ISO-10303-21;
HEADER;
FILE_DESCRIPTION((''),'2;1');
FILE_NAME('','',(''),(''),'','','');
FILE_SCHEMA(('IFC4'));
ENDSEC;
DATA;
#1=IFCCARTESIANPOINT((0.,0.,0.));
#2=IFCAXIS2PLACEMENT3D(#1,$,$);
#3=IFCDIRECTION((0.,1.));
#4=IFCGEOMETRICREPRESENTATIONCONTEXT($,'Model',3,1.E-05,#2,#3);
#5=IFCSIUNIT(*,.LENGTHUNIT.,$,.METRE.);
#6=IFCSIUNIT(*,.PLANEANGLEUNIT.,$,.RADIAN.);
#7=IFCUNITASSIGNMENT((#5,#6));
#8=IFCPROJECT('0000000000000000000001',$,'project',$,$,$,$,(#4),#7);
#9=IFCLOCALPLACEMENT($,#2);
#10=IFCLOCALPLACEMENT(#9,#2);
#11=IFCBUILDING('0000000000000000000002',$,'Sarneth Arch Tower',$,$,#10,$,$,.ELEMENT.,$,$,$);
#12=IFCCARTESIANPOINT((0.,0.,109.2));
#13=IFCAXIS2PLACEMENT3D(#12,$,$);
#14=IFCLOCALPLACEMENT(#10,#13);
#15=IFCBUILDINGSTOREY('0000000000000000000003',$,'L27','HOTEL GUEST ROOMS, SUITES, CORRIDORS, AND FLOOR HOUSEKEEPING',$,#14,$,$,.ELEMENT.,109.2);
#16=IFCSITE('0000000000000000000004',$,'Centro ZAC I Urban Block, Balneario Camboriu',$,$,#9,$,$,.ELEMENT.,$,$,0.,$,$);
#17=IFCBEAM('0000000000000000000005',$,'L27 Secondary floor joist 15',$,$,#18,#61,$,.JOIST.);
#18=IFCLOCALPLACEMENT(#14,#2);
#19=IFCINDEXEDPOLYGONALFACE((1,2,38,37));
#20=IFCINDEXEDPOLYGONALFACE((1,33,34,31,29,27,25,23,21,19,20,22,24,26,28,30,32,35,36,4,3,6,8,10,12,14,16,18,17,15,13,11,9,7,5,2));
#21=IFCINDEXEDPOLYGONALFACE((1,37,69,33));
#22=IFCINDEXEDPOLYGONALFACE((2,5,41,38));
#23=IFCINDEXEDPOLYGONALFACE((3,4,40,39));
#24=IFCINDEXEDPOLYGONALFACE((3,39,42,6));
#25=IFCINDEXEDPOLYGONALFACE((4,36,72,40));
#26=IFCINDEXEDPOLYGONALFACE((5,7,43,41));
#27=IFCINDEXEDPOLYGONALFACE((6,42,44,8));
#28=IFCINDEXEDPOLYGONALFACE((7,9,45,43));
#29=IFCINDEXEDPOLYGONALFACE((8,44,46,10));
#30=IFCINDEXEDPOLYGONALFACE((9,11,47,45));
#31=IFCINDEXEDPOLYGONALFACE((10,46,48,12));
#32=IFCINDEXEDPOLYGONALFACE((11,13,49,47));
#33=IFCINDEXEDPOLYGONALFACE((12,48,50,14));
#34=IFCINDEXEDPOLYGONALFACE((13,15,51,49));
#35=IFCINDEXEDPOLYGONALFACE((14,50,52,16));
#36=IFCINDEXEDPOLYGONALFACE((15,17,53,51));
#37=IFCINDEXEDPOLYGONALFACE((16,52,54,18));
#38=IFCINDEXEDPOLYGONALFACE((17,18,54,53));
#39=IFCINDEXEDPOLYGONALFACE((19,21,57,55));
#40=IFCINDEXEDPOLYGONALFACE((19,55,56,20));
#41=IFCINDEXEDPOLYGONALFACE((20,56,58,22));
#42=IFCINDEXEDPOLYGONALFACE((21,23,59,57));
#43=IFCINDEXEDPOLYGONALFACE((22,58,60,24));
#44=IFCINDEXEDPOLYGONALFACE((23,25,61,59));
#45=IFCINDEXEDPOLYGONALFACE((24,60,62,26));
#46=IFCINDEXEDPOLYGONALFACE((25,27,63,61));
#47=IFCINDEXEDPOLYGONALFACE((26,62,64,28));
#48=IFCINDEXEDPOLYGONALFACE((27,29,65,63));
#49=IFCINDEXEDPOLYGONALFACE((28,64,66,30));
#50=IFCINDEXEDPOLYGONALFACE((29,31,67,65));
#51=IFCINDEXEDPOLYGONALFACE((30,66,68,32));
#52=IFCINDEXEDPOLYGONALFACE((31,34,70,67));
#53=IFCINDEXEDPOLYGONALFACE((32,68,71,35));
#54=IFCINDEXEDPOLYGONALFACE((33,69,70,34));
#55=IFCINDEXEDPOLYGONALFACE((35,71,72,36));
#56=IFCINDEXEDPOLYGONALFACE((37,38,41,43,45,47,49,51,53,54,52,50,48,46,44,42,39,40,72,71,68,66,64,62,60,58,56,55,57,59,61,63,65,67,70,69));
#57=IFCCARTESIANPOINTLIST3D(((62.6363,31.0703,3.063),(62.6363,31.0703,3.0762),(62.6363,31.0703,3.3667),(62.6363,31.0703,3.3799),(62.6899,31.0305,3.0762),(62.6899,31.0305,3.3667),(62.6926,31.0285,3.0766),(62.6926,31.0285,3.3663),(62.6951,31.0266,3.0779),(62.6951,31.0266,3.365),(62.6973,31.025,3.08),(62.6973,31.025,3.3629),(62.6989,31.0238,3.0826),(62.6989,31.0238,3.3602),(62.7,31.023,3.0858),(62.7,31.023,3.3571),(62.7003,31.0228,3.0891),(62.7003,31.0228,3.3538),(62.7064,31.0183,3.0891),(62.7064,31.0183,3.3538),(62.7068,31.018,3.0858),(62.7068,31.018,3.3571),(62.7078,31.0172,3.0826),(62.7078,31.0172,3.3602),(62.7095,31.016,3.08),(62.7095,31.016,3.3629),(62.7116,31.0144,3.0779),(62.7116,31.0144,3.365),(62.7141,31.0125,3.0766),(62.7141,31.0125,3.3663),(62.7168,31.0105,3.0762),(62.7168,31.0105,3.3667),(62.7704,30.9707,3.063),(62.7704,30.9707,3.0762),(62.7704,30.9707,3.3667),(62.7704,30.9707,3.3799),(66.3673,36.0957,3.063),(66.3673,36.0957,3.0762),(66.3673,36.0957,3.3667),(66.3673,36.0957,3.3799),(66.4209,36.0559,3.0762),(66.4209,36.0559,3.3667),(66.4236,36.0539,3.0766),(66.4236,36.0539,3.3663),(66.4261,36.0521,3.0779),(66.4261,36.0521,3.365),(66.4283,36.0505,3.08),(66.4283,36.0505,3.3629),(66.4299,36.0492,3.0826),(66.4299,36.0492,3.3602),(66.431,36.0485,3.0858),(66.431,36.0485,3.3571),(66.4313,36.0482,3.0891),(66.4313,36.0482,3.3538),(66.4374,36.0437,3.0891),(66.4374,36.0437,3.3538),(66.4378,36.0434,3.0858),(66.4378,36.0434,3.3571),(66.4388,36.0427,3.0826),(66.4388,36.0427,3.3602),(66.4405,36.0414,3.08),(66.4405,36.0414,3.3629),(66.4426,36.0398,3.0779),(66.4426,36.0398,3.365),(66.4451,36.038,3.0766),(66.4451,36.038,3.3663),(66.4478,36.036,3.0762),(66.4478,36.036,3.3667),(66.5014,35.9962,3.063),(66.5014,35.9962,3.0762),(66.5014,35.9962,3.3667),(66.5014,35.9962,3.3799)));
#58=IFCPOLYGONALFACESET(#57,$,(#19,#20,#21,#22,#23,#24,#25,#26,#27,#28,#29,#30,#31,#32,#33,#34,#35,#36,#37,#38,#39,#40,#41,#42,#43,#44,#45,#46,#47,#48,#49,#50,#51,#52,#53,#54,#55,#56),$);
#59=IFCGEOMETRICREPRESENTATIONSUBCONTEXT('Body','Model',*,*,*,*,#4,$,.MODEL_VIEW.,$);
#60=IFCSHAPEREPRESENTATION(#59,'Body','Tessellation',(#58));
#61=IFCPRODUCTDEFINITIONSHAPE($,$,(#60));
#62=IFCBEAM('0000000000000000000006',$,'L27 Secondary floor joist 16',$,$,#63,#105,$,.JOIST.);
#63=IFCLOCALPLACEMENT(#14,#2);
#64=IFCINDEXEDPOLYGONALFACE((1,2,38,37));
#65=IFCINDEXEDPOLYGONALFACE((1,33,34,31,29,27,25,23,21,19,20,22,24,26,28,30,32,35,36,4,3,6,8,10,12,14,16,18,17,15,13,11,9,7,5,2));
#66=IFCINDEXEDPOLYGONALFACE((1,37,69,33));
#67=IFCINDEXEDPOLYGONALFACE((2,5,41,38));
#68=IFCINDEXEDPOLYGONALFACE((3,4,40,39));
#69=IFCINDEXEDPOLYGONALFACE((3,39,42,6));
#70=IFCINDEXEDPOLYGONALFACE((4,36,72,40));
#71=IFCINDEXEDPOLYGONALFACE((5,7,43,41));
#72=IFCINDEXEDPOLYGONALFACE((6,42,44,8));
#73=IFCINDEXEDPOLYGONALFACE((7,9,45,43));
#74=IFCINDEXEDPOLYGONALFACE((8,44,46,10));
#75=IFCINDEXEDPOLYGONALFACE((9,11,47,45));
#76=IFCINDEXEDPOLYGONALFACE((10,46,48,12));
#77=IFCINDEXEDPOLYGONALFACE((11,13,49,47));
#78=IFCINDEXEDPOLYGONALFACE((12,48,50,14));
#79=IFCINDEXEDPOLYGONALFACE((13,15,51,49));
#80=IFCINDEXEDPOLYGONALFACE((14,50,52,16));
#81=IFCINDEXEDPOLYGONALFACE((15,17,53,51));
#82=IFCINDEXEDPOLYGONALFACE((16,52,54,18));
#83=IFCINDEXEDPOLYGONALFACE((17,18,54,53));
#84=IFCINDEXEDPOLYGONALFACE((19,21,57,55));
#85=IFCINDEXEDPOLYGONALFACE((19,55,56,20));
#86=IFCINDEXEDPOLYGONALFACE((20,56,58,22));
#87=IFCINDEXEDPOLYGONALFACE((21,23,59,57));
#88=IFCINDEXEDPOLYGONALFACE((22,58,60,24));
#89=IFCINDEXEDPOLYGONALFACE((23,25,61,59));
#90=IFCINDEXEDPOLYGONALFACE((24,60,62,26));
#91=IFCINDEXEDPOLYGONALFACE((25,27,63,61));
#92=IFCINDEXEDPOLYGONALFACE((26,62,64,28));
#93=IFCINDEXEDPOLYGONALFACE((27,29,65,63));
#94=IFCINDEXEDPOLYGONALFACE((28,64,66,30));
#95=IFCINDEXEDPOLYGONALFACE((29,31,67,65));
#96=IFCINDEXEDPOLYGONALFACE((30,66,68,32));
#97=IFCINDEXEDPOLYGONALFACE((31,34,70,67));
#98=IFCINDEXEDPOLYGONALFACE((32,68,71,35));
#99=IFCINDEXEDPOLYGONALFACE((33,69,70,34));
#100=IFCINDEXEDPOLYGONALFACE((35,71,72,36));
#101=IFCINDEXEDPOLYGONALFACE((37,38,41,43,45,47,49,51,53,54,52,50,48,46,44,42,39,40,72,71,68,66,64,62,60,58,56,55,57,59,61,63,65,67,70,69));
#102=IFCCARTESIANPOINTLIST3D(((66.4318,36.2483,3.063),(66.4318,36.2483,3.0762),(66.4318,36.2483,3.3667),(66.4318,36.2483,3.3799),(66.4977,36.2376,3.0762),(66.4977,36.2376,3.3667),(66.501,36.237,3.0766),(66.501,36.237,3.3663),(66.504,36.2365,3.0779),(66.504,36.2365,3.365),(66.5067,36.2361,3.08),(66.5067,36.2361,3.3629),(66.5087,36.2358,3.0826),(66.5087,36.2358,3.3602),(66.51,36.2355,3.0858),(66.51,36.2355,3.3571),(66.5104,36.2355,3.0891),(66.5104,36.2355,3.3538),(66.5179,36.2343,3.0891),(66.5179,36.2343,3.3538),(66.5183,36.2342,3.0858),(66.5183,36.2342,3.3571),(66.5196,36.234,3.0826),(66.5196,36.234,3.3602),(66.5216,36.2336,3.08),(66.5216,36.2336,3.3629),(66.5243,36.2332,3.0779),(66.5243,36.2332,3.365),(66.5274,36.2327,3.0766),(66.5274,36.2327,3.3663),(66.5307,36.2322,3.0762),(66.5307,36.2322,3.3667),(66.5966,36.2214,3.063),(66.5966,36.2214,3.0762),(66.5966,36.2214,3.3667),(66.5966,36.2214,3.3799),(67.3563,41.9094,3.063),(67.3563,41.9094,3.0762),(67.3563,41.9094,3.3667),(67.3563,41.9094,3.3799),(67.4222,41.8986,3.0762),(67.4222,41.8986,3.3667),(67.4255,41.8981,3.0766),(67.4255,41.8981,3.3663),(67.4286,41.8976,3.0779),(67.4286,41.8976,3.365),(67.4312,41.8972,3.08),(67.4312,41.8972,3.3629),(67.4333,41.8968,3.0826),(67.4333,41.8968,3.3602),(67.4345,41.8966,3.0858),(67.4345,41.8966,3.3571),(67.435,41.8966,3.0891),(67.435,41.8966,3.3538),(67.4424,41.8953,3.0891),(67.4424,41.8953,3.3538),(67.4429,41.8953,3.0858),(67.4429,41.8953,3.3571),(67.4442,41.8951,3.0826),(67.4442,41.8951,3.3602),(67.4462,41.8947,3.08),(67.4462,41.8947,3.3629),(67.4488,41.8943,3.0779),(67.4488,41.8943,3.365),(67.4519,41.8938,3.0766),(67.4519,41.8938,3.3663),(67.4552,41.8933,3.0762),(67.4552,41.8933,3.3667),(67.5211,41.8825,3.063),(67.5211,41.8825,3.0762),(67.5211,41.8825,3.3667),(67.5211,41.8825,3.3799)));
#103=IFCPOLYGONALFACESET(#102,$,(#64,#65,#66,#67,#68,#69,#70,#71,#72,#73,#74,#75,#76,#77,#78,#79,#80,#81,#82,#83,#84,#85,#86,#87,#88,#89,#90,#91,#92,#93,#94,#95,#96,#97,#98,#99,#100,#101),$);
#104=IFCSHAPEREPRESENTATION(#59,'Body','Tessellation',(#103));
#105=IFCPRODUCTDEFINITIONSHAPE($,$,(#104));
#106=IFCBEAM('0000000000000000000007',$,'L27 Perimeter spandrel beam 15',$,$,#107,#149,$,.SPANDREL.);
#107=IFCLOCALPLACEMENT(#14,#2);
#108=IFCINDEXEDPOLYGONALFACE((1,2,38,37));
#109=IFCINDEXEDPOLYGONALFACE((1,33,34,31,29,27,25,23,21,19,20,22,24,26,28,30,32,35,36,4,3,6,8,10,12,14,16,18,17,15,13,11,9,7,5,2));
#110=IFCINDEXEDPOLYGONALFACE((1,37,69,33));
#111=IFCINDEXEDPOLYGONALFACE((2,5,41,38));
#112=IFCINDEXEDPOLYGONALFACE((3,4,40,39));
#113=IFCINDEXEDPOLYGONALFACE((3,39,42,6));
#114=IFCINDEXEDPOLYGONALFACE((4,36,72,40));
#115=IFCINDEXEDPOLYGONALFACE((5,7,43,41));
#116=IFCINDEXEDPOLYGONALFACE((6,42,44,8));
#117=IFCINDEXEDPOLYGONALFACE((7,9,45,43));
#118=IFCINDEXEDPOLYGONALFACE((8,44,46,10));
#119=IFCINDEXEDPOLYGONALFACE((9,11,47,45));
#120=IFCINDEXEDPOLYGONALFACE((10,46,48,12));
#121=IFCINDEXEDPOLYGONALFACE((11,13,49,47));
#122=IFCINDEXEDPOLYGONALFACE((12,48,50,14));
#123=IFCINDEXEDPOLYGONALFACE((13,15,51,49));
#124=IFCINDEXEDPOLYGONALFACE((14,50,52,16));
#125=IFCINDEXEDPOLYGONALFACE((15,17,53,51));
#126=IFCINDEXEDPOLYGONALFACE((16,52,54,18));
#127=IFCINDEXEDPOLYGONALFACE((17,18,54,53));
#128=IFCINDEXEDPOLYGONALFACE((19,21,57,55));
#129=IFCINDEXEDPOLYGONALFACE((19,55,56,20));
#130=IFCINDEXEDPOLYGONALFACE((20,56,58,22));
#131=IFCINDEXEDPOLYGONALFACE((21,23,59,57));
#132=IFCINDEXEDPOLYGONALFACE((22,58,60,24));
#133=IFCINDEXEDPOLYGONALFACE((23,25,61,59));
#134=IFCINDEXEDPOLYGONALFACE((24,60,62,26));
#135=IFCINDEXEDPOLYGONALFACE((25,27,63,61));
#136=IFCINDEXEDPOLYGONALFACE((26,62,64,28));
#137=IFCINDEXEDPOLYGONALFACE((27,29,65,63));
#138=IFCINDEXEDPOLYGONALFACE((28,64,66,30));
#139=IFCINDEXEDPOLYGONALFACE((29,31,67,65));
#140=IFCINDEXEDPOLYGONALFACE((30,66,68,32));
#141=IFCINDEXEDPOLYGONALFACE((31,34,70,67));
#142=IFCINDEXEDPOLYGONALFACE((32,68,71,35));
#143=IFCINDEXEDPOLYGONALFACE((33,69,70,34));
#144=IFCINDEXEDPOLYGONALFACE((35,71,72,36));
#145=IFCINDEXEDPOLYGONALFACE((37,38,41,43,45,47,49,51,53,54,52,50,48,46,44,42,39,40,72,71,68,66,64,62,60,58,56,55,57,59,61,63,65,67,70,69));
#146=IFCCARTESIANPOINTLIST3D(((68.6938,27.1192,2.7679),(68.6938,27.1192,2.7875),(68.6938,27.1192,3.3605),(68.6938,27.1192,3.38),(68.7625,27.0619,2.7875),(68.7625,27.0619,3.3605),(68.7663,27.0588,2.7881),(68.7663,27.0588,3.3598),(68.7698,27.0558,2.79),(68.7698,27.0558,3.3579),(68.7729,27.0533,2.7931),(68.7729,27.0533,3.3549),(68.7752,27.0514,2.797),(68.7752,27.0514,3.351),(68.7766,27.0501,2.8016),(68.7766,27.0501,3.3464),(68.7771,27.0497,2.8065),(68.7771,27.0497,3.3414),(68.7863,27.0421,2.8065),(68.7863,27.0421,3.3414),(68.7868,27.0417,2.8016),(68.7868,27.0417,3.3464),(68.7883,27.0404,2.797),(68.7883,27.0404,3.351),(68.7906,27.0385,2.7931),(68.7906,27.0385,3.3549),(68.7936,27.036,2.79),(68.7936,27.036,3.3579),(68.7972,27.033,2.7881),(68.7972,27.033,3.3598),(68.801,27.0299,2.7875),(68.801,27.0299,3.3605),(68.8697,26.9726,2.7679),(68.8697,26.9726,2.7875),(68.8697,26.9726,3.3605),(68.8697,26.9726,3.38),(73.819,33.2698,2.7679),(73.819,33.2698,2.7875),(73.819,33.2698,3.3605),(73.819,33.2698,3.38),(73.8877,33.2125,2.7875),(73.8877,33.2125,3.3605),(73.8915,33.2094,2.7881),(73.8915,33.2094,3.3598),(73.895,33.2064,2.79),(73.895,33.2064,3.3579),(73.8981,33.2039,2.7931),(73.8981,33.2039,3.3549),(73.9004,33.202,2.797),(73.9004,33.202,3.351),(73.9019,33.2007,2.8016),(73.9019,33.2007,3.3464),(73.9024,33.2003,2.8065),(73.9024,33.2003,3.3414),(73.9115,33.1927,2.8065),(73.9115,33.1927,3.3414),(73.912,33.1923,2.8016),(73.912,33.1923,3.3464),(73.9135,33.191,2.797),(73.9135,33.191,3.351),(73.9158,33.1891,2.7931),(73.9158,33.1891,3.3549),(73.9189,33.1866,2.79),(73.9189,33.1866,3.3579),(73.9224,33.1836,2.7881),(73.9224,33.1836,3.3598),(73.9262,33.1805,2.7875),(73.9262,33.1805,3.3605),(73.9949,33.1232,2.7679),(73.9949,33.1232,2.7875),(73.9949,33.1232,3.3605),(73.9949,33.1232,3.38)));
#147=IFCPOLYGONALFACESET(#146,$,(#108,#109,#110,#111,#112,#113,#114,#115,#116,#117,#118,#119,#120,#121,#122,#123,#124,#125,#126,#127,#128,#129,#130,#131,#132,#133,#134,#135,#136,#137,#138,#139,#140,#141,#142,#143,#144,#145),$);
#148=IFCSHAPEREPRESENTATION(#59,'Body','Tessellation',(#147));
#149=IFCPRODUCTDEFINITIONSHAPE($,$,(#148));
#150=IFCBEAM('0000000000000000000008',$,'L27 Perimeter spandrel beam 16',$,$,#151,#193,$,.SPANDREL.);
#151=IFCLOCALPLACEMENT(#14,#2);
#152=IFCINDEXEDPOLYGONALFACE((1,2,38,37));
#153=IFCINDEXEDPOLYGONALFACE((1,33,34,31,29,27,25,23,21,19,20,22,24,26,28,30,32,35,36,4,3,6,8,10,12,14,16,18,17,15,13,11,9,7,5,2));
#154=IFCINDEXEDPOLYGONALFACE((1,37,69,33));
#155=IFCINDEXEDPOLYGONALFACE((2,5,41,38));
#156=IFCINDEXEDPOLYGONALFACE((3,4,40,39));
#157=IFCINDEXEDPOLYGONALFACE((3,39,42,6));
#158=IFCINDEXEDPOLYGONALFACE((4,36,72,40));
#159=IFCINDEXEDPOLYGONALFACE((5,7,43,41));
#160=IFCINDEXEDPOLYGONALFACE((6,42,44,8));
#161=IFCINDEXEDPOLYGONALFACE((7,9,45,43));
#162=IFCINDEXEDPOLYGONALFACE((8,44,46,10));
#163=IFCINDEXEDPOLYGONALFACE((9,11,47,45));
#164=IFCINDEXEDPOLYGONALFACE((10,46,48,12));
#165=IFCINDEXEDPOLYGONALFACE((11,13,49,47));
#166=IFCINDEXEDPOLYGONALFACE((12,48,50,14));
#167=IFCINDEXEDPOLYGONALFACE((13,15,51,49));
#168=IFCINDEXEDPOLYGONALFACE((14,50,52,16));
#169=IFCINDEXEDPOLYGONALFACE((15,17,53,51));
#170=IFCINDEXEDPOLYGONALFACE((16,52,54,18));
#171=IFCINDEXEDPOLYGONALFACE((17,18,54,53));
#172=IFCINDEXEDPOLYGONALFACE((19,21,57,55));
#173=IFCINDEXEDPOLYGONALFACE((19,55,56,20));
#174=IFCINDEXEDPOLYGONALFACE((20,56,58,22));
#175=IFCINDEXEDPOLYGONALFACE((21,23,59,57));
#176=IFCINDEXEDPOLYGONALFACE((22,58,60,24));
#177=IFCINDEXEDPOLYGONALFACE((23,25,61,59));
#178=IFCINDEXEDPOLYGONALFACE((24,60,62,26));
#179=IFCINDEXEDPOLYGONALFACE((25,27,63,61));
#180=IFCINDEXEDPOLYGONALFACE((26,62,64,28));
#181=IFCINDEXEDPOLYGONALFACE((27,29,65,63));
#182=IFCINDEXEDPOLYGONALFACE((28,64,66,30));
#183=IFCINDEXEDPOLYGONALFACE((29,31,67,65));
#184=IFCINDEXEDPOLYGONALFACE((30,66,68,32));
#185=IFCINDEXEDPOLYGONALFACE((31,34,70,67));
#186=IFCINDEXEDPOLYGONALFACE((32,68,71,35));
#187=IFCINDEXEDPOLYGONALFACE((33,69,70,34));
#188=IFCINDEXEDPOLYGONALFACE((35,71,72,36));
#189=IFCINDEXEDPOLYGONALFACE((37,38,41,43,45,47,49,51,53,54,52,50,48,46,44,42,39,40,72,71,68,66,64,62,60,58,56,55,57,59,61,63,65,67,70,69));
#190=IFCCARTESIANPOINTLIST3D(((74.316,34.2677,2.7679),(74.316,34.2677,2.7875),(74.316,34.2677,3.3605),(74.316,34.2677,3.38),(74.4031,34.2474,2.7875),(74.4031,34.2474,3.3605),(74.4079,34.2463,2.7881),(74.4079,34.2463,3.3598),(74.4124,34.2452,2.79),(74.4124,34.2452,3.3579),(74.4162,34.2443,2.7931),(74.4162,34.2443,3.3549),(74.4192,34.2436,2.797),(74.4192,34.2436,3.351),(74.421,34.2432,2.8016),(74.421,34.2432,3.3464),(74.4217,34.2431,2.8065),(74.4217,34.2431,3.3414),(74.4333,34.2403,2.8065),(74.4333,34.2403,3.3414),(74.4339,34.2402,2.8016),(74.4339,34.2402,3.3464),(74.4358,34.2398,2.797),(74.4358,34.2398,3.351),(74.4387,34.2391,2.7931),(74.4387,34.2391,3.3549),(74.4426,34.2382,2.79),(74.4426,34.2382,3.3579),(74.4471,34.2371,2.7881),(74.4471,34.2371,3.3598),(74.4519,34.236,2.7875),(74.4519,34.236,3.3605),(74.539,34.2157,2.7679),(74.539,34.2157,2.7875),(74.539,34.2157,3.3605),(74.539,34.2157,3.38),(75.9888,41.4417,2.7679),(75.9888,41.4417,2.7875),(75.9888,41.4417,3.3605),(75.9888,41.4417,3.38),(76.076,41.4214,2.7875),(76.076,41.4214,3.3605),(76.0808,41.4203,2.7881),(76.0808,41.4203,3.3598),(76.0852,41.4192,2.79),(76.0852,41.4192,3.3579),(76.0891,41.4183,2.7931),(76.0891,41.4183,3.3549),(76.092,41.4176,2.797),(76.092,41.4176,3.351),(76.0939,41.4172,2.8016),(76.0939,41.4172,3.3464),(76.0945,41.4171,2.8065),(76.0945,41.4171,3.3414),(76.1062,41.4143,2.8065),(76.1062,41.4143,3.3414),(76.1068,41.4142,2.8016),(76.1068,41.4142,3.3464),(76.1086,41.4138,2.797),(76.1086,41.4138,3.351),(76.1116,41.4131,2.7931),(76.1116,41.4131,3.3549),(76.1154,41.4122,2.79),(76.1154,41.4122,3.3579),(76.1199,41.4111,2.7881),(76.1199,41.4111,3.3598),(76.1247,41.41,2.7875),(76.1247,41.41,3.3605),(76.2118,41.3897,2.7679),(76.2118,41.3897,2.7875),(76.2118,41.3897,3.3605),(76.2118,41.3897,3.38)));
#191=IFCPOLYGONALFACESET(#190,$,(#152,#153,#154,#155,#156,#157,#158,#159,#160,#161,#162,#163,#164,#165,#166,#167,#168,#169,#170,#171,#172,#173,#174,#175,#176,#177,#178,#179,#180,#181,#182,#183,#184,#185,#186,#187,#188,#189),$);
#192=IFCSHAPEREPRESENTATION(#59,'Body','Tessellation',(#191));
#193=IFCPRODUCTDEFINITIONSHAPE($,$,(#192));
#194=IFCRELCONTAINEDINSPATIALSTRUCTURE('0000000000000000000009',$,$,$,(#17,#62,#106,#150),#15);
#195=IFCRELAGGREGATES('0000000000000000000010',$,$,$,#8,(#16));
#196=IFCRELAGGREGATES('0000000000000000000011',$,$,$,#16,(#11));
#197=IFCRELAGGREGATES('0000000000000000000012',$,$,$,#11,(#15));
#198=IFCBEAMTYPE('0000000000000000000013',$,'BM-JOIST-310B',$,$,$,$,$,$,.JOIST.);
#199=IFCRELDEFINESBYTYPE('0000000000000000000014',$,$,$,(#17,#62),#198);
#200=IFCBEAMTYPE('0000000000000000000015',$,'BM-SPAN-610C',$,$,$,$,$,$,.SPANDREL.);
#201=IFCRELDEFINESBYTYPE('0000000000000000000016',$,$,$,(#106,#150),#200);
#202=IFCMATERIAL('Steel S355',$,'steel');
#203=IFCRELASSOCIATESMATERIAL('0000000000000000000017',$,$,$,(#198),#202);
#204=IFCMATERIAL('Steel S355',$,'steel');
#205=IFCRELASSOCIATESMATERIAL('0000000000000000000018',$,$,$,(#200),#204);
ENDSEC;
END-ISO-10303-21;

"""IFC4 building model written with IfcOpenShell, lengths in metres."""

from ifc_helpers import new_model, si_unit, direction, frame, origin, origin_2d, place, context, subcontext, project, spatial, i_section, extrude, material, material_profile, profile_set, type_object, element, save


model = new_model("IFC4")

# Units and contexts
model_context = context("Model", 3, precision=1e-05, world=origin(), true_north=direction((0.0, 1.0)))
body_context = subcontext(model_context, "Body", "Model", "MODEL_VIEW")
ifc_project = project(units=[si_unit("LENGTHUNIT", "METRE"), si_unit("PLANEANGLEUNIT", "RADIAN")], contexts=[model_context])

# Site, building, storey
site_placement = place(None, origin())
site = spatial("IfcSite", under=ifc_project, at=site_placement, Name="Centro ZAC I Urban Block, Balneario Camboriu", CompositionType="ELEMENT", RefElevation=0.0)
building_placement = place(site_placement, origin())
building = spatial("IfcBuilding", under=site, at=building_placement, Name="Sarneth Arch Tower", CompositionType="ELEMENT")
storey_placement = place(building_placement, frame((0.0, 0.0, 109.2)))
storey = spatial("IfcBuildingStorey", under=building, at=storey_placement, Name="L27", Description="HOTEL GUEST ROOMS, SUITES, CORRIDORS, AND FLOOR HOUSEKEEPING", CompositionType="ELEMENT", Elevation=109.2)

# Beams
ifc_material_1 = material(Name="Steel S355", Category="steel")
ifc_material_profile_1 = material_profile(ifc_material_1, i_section(OverallWidth=0.167, OverallDepth=0.3169, WebThickness=0.0076, FlangeThickness=0.0132, FilletRadius=0.0129, at=origin_2d()), Name="W310x52")
ifc_profile_set_1 = profile_set([ifc_material_profile_1], Name="Steel S355")
beam_type_1 = type_object("IfcBeamType", Name="BM-JOIST-310B", PredefinedType="JOIST", material=ifc_profile_set_1)
beam_1_placement = place(storey_placement, frame((62.7034, 31.0205, 3.2214), z_axis=(0.596098, 0.802911, 0.0), x_axis=(-0.802911, 0.596098, 0.0)))
element("IfcBeam", 1, at=beam_1_placement, inside=storey, type_object=beam_type_1, Name="L27 Secondary floor joist 15", PredefinedType="JOIST", context=body_context, shape_type="SweptSolid", body=[
    extrude(i_section(OverallWidth=0.167, OverallDepth=0.3169, WebThickness=0.0076, FlangeThickness=0.0132, FilletRadius=0.0129, at=origin_2d()), origin(), (0.0, 0.0, 1.0), 6.259),
])
beam_2_placement = place(storey_placement, frame((66.5142, 36.2349, 3.2214), z_axis=(0.161182, 0.986925, 0.0), x_axis=(-0.986925, 0.161182, 0.0)))
element("IfcBeam", 2, at=beam_2_placement, inside=storey, type_object=beam_type_1, Name="L27 Secondary floor joist 16", PredefinedType="JOIST", context=body_context, shape_type="SweptSolid", body=[
    extrude(i_section(OverallWidth=0.167, OverallDepth=0.3169, WebThickness=0.0076, FlangeThickness=0.0132, FilletRadius=0.0129, at=origin_2d()), origin(), (0.0, 0.0, 1.0), 5.7361),
])
ifc_material_2 = material(Name="Steel S355", Category="steel")
ifc_material_profile_2 = material_profile(ifc_material_2, i_section(OverallWidth=0.229, OverallDepth=0.6121, WebThickness=0.012, FlangeThickness=0.0195, FilletRadius=0.019, at=origin_2d()), Name="W610x125")
ifc_profile_set_2 = profile_set([ifc_material_profile_2], Name="Steel S355")
beam_type_2 = type_object("IfcBeamType", Name="BM-SPAN-610C", PredefinedType="SPANDREL", material=ifc_profile_set_2)
beam_3_placement = place(storey_placement, frame((68.7817, 27.0459, 3.074), z_axis=(0.640163, 0.768239, 0.0), x_axis=(-0.768239, 0.640163, 0.0)))
element("IfcBeam", 3, at=beam_3_placement, inside=storey, type_object=beam_type_2, Name="L27 Perimeter spandrel beam 15", PredefinedType="SPANDREL", context=body_context, shape_type="SweptSolid", body=[
    extrude(i_section(OverallWidth=0.229, OverallDepth=0.6121, WebThickness=0.012, FlangeThickness=0.0195, FilletRadius=0.019, at=origin_2d()), origin(), (0.0, 0.0, 1.0), 8.0061),
])
beam_4_placement = place(storey_placement, frame((74.4275, 34.2417, 3.074), z_axis=(0.227088, 0.973874, 0.0), x_axis=(-0.973874, 0.227088, 0.0)))
element("IfcBeam", 4, at=beam_4_placement, inside=storey, type_object=beam_type_2, Name="L27 Perimeter spandrel beam 16", PredefinedType="SPANDREL", context=body_context, shape_type="SweptSolid", body=[
    extrude(i_section(OverallWidth=0.229, OverallDepth=0.6121, WebThickness=0.012, FlangeThickness=0.0195, FilletRadius=0.019, at=origin_2d()), origin(), (0.0, 0.0, 1.0), 7.3665),
])

save(model, "model.ifc")
